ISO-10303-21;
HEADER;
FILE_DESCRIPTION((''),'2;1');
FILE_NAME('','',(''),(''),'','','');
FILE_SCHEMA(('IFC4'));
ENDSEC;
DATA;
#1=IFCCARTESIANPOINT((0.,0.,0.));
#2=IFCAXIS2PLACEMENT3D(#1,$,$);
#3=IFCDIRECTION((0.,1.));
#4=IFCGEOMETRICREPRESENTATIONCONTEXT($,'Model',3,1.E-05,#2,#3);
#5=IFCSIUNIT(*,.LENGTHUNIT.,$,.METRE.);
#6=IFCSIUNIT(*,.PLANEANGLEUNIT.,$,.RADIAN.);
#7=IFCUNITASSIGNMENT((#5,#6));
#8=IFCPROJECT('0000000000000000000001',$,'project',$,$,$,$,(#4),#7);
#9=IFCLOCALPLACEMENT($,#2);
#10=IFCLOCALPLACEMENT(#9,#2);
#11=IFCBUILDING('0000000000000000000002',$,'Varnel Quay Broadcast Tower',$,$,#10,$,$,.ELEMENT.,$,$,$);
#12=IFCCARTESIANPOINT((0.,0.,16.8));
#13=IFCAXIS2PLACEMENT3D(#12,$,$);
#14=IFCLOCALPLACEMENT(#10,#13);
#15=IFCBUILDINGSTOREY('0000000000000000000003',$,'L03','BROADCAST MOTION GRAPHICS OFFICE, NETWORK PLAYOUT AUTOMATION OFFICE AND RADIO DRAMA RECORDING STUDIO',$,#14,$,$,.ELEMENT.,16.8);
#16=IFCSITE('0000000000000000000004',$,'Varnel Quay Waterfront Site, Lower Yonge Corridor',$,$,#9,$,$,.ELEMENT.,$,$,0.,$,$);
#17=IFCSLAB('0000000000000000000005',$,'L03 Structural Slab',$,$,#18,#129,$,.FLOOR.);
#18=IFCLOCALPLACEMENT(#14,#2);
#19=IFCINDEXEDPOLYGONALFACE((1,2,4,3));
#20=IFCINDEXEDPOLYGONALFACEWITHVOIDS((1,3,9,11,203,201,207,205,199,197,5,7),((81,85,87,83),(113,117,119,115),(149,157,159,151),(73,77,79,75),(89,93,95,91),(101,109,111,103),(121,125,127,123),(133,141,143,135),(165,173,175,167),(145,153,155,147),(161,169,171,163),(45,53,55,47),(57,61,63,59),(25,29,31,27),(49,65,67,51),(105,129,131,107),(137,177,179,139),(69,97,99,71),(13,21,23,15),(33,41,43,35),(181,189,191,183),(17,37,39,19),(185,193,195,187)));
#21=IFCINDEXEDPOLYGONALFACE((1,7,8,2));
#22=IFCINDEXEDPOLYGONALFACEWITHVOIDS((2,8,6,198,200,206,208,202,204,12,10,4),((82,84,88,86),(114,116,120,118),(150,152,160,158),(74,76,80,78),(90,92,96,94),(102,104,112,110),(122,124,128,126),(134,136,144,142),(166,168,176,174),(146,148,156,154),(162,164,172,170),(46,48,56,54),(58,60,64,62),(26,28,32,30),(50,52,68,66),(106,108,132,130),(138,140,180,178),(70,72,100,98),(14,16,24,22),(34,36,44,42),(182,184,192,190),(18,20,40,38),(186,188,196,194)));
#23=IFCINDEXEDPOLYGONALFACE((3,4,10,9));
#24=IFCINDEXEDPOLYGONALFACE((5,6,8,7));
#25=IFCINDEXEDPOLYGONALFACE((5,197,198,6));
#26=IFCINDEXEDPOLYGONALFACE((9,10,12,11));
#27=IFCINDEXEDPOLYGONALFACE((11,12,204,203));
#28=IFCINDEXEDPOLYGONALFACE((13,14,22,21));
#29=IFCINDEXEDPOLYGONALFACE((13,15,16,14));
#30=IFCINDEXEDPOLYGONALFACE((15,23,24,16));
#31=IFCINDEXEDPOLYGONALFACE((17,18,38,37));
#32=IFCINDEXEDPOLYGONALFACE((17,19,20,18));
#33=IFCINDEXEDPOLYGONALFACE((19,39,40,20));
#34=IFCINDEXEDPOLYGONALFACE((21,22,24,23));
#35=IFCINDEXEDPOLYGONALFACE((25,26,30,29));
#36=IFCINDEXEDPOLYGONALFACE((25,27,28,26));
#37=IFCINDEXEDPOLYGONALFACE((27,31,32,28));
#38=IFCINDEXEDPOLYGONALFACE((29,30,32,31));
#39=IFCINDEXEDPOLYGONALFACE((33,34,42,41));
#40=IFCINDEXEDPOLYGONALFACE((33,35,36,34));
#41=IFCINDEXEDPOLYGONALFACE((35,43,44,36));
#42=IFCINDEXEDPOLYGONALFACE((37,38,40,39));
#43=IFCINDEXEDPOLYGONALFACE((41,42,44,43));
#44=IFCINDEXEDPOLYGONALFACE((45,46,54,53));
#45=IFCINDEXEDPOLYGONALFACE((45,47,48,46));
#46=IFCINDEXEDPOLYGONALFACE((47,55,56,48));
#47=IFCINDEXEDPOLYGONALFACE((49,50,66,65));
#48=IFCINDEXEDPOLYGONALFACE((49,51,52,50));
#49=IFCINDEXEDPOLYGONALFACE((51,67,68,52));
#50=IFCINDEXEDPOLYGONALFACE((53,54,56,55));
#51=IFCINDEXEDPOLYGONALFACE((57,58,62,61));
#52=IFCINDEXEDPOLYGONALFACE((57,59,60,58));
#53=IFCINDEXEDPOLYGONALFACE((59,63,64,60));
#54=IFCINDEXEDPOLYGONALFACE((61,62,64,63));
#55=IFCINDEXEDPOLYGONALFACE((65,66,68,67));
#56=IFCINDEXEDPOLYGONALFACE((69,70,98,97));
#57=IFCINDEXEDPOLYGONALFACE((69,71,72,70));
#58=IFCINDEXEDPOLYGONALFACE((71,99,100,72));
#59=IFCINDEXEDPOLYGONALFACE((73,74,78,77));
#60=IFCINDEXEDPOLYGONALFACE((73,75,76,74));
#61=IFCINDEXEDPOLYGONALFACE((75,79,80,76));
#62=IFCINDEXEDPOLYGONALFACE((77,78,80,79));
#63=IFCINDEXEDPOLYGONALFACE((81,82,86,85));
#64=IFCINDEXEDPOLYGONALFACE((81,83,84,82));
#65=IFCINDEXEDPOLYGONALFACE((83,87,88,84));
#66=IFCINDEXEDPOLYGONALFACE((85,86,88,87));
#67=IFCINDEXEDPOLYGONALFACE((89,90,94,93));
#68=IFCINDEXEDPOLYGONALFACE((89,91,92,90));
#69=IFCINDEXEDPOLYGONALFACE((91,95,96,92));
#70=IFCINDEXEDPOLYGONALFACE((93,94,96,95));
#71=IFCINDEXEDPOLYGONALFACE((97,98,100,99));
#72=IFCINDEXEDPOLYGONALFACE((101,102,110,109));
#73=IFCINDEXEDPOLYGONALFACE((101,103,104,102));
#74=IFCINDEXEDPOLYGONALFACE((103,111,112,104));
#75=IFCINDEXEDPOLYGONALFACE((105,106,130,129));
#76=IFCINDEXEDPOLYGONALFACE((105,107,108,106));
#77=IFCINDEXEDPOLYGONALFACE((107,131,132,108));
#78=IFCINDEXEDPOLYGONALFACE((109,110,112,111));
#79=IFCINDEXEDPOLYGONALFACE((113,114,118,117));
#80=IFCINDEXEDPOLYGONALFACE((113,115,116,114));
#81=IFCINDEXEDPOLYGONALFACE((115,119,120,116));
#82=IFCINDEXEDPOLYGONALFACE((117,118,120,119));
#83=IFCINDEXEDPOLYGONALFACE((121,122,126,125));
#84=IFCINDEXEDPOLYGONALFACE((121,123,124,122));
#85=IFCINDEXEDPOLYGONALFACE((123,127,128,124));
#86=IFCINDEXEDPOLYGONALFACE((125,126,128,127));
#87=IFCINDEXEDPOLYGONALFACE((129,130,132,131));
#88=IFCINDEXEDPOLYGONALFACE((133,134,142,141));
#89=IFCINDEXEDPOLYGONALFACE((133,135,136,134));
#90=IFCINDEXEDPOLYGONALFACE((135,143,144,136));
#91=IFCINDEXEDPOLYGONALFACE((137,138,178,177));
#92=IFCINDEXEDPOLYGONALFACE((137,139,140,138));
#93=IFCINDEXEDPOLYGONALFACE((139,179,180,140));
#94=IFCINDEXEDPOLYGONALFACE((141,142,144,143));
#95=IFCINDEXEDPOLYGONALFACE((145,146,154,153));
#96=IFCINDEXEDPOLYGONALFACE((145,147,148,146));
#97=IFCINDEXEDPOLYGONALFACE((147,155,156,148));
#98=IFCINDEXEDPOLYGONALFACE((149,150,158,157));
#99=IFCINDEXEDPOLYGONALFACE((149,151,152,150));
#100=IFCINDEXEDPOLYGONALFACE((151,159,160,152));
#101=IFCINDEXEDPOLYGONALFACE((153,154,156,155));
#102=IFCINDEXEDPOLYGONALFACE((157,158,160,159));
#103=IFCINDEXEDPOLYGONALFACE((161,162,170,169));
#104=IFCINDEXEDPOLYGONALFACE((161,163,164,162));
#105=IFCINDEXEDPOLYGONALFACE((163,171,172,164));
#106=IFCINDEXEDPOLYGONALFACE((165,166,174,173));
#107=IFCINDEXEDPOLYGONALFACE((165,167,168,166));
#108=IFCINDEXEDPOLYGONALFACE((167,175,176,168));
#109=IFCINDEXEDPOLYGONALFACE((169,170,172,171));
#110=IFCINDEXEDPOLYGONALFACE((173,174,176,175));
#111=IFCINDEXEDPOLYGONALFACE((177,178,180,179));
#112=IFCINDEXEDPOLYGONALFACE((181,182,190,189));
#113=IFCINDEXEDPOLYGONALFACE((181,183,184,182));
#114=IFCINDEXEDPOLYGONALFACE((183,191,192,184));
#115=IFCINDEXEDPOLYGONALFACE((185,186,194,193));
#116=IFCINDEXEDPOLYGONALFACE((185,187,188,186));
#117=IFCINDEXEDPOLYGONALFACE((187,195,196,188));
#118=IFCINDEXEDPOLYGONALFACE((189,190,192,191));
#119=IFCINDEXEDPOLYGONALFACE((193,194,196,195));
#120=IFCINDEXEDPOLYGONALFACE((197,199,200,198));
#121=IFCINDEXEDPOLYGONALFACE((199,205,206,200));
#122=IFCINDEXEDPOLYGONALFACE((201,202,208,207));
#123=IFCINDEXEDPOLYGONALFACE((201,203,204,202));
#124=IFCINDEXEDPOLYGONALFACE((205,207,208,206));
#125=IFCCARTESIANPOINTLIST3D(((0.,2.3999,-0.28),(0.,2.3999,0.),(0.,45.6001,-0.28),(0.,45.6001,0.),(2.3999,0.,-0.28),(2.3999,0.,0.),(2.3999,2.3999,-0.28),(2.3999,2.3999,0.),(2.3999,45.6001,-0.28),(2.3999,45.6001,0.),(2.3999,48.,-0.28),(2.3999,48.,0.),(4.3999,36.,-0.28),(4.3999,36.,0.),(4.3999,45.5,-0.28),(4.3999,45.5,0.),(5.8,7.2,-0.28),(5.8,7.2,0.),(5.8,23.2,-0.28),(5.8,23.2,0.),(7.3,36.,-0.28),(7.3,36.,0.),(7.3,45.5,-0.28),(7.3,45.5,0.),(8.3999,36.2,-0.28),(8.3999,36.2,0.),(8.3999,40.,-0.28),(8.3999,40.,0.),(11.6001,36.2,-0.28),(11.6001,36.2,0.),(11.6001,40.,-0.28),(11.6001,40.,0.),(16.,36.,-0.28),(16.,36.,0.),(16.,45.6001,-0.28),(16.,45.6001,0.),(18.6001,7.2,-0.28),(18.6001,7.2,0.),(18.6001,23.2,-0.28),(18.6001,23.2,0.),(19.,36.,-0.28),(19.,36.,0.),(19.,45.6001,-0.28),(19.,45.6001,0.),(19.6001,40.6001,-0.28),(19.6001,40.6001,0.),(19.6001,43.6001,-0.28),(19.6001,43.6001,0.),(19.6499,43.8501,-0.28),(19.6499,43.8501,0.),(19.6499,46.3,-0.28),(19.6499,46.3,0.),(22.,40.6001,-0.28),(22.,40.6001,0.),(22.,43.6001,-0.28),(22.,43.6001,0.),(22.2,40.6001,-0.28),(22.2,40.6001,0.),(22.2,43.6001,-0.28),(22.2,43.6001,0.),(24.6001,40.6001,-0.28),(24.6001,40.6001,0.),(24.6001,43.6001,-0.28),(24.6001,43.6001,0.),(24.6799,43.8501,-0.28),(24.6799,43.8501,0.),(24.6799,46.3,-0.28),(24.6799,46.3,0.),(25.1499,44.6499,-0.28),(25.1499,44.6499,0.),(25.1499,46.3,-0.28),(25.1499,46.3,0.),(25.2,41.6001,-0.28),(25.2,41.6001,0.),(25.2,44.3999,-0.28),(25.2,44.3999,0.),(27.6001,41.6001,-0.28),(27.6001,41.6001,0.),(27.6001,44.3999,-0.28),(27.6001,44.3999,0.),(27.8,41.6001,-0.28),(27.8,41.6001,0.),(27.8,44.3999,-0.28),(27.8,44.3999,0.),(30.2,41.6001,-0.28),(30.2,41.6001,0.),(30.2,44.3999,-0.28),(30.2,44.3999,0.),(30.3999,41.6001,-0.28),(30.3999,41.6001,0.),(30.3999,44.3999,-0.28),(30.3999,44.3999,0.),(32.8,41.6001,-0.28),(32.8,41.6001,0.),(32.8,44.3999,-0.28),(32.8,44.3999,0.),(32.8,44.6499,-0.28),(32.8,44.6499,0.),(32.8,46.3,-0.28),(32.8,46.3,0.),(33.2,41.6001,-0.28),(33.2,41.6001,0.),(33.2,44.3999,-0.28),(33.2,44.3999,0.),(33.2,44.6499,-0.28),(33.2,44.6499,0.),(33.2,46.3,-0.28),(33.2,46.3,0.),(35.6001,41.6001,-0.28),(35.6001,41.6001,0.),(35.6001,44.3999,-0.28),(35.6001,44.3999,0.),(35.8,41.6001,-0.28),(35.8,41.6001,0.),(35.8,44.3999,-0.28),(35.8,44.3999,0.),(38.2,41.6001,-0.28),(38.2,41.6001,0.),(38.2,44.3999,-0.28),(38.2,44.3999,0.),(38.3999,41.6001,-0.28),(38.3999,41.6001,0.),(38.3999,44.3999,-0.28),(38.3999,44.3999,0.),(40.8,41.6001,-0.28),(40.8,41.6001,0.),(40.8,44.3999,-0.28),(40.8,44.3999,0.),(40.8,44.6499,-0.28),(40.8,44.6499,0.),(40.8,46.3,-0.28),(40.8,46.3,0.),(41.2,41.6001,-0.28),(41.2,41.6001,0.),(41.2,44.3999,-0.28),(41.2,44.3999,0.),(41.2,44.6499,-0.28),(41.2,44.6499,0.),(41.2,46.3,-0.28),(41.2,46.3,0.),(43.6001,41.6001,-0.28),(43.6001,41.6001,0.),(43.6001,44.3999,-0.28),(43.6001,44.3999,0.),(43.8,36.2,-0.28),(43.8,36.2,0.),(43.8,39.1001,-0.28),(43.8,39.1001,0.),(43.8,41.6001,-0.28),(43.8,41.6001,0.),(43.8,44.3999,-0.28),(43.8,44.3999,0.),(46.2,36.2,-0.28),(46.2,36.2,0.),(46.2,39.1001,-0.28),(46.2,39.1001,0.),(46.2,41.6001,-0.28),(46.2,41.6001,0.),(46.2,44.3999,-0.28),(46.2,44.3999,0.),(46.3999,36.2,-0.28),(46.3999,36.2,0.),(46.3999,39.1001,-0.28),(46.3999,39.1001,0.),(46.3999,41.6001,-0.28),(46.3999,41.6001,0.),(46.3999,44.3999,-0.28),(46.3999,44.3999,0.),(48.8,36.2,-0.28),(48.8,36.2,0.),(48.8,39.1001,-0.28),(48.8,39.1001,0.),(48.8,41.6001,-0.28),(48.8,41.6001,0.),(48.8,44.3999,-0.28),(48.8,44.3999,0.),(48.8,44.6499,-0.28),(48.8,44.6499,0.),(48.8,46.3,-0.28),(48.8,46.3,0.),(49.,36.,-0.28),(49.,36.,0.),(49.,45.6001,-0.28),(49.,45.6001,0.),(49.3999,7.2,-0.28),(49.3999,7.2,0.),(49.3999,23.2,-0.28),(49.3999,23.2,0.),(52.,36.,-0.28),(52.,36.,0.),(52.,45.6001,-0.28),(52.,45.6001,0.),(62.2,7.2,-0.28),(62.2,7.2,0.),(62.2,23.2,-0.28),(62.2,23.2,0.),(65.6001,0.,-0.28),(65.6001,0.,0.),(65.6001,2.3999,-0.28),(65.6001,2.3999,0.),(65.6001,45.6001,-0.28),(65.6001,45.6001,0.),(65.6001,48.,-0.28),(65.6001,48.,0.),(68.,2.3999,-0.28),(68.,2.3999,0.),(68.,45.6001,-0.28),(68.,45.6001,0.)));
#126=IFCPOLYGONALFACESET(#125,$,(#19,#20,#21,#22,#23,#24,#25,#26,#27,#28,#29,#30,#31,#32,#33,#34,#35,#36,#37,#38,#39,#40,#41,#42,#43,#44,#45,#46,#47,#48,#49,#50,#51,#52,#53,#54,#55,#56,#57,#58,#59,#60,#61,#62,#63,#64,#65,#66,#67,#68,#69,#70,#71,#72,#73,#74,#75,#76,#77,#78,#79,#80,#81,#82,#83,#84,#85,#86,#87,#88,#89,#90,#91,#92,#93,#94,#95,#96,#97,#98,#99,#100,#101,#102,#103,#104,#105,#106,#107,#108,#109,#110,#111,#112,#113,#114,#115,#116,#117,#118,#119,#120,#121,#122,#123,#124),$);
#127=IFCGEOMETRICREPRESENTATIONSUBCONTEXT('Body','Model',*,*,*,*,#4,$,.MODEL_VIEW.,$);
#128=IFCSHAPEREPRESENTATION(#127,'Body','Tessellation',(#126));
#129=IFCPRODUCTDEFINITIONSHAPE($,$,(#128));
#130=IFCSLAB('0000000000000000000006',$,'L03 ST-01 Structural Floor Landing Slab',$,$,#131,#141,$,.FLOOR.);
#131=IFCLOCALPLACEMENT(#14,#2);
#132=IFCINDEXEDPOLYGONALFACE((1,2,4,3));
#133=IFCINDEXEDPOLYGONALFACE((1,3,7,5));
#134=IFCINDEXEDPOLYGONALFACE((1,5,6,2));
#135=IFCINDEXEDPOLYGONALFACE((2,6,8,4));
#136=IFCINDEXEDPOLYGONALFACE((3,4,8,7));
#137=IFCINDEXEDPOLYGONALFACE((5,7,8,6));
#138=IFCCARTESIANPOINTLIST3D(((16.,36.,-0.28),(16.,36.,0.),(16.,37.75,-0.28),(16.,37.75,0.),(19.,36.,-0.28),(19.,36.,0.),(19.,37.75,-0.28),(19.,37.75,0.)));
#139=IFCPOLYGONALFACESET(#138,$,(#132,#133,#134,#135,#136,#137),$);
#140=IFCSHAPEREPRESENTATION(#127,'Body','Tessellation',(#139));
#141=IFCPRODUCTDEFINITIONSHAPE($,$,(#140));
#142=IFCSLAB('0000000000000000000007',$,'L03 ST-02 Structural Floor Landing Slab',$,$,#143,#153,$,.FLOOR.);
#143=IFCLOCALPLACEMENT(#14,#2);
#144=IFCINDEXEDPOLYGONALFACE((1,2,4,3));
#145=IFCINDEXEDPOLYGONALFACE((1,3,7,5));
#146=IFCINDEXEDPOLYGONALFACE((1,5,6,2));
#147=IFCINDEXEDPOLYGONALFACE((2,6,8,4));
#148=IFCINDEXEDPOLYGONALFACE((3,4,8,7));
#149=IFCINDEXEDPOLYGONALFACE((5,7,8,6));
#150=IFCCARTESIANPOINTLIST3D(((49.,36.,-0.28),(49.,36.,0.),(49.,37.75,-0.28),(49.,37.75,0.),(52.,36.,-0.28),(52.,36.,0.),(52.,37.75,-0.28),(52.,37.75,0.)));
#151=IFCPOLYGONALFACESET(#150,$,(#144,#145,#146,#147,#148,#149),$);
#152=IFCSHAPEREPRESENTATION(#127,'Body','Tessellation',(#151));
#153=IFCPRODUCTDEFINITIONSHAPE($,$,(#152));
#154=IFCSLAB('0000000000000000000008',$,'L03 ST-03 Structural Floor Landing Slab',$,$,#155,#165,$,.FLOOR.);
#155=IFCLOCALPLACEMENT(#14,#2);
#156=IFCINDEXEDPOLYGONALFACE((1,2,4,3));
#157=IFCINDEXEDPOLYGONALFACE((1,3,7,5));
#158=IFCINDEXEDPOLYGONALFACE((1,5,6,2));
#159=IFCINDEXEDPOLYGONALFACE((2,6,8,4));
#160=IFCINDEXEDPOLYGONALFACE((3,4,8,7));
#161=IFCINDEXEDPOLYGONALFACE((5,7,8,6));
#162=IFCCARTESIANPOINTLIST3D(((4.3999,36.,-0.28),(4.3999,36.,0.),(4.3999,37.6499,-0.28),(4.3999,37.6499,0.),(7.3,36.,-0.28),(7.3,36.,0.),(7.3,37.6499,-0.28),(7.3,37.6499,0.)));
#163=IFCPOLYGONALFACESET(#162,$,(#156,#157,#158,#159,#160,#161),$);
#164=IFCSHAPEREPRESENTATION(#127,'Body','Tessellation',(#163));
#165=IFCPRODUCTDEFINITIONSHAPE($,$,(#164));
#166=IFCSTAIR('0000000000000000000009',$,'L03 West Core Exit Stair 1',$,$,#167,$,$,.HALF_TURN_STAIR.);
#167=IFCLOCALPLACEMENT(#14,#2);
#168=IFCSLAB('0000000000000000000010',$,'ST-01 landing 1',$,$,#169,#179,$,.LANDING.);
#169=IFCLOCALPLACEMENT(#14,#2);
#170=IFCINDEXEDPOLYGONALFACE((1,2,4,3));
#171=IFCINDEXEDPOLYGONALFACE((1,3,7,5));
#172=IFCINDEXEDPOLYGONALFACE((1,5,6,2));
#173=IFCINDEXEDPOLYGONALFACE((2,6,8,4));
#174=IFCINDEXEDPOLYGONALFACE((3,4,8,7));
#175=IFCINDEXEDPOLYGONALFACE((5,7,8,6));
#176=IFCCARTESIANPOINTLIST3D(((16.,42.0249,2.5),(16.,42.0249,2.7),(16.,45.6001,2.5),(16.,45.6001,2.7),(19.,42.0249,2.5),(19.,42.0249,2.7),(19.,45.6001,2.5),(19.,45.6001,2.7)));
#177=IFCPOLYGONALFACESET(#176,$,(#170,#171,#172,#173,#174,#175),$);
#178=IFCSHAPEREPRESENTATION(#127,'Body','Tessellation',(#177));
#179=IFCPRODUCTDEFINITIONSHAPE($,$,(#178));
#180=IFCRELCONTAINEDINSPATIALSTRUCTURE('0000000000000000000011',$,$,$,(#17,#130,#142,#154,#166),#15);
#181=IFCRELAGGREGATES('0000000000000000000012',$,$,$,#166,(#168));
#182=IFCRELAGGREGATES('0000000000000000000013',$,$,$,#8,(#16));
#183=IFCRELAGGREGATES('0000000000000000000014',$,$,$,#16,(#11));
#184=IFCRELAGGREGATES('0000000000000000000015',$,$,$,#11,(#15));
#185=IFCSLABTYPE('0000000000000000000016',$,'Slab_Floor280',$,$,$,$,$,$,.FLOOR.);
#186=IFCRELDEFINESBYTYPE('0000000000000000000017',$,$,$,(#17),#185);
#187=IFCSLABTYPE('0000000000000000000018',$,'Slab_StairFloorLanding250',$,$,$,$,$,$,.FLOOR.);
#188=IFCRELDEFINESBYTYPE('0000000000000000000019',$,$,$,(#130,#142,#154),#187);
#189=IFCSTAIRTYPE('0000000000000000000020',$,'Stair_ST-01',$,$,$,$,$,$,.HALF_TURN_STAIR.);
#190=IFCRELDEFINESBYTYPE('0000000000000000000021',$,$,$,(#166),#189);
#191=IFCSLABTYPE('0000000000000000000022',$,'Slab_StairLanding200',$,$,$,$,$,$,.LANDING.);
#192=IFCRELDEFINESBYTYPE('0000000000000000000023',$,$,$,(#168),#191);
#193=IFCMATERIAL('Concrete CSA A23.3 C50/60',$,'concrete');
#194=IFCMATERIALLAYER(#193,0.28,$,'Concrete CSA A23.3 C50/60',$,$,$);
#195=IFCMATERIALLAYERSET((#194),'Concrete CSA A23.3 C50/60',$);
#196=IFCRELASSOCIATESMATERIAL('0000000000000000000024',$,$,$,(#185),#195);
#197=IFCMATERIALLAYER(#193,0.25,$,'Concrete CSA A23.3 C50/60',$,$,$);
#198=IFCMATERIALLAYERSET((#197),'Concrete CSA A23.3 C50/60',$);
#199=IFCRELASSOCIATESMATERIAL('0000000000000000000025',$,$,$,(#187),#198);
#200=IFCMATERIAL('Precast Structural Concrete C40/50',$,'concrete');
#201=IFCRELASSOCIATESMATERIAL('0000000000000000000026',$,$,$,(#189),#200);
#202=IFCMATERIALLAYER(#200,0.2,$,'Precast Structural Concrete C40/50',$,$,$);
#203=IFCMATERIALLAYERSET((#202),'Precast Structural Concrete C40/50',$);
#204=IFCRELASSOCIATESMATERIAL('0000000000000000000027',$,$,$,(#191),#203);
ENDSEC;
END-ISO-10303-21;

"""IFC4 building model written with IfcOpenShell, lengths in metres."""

from ifc_helpers import new_model, si_unit, direction, frame, origin, place, context, subcontext, project, spatial, polyline, outline, extrude, material, layer, layer_set, type_object, element, aggregate, save


model = new_model("IFC4")

# Units and contexts
model_context = context("Model", 3, precision=1e-05, world=origin(), true_north=direction((0.0, 1.0)))
body_context = subcontext(model_context, "Body", "Model", "MODEL_VIEW")
ifc_project = project(units=[si_unit("LENGTHUNIT", "METRE"), si_unit("PLANEANGLEUNIT", "RADIAN")], contexts=[model_context])

# Site, building, storey
site_placement = place(None, origin())
site = spatial("IfcSite", under=ifc_project, at=site_placement, Name="Varnel Quay Waterfront Site, Lower Yonge Corridor", CompositionType="ELEMENT", RefElevation=0.0)
building_placement = place(site_placement, origin())
building = spatial("IfcBuilding", under=site, at=building_placement, Name="Varnel Quay Broadcast Tower", CompositionType="ELEMENT")
storey_placement = place(building_placement, frame((0.0, 0.0, 16.8)))
storey = spatial("IfcBuildingStorey", under=building, at=storey_placement, Name="L03", Description="BROADCAST MOTION GRAPHICS OFFICE, NETWORK PLAYOUT AUTOMATION OFFICE AND RADIO DRAMA RECORDING STUDIO", CompositionType="ELEMENT", Elevation=16.8)

# Slabs
ifc_material_1 = material(Name="Concrete CSA A23.3 C50/60", Category="concrete")
ifc_layer_1 = layer(ifc_material_1, 0.28, Name="Concrete CSA A23.3 C50/60")
ifc_layer_set_1 = layer_set([ifc_layer_1], Name="Concrete CSA A23.3 C50/60")
slab_type_1 = type_object("IfcSlabType", Name="Slab_Floor280", PredefinedType="FLOOR", material=ifc_layer_set_1)
slab_1_placement = place(storey_placement, frame((0.0, 0.0, -0.28)))
element("IfcSlab", 1, at=slab_1_placement, inside=storey, type_object=slab_type_1, Name="L03 Structural Slab", PredefinedType="FLOOR", context=body_context, shape_type="SweptSolid", body=[
    extrude(outline(polyline([(2.3999, 0.0), (65.6001, 0.0), (65.6001, 2.3999), (68.0, 2.3999), (68.0, 45.6001), (65.6001, 45.6001), (65.6001, 48.0), (2.3999, 48.0), (2.3999, 45.6001), (0.0, 45.6001), (0.0, 2.3999), (2.3999, 2.3999), (2.3999, 0.0)]), holes=[polyline([(5.8, 23.2), (18.6001, 23.2), (18.6001, 7.2), (5.8, 7.2), (5.8, 23.2)]), polyline([(8.3999, 40.0), (11.6001, 40.0), (11.6001, 36.2), (8.3999, 36.2), (8.3999, 40.0)]), polyline([(4.3999, 36.0), (4.3999, 45.5), (7.3, 45.5), (7.3, 36.0), (4.3999, 36.0)]), polyline([(16.0, 45.6001), (19.0, 45.6001), (19.0, 36.0), (16.0, 36.0), (16.0, 45.6001)]), polyline([(22.0, 43.6001), (22.0, 40.6001), (19.6001, 40.6001), (19.6001, 43.6001), (22.0, 43.6001)]), polyline([(22.2, 43.6001), (24.6001, 43.6001), (24.6001, 40.6001), (22.2, 40.6001), (22.2, 43.6001)]), polyline([(27.6001, 44.3999), (27.6001, 41.6001), (25.2, 41.6001), (25.2, 44.3999), (27.6001, 44.3999)]), polyline([(30.2, 44.3999), (30.2, 41.6001), (27.8, 41.6001), (27.8, 44.3999), (30.2, 44.3999)]), polyline([(30.3999, 44.3999), (32.8, 44.3999), (32.8, 41.6001), (30.3999, 41.6001), (30.3999, 44.3999)]), polyline([(35.6001, 44.3999), (35.6001, 41.6001), (33.2, 41.6001), (33.2, 44.3999), (35.6001, 44.3999)]), polyline([(24.6799, 46.3), (24.6799, 43.8501), (19.6499, 43.8501), (19.6499, 46.3), (24.6799, 46.3)]), polyline([(25.1499, 46.3), (32.8, 46.3), (32.8, 44.6499), (25.1499, 44.6499), (25.1499, 46.3)]), polyline([(62.2, 23.2), (62.2, 7.2), (49.3999, 7.2), (49.3999, 23.2), (62.2, 23.2)]), polyline([(46.2, 39.1001), (46.2, 36.2), (43.8, 36.2), (43.8, 39.1001), (46.2, 39.1001)]), polyline([(46.3999, 39.1001), (48.8, 39.1001), (48.8, 36.2), (46.3999, 36.2), (46.3999, 39.1001)]), polyline([(49.0, 45.6001), (52.0, 45.6001), (52.0, 36.0), (49.0, 36.0), (49.0, 45.6001)]), polyline([(38.2, 44.3999), (38.2, 41.6001), (35.8, 41.6001), (35.8, 44.3999), (38.2, 44.3999)]), polyline([(38.3999, 44.3999), (40.8, 44.3999), (40.8, 41.6001), (38.3999, 41.6001), (38.3999, 44.3999)]), polyline([(43.6001, 44.3999), (43.6001, 41.6001), (41.2, 41.6001), (41.2, 44.3999), (43.6001, 44.3999)]), polyline([(46.2, 44.3999), (46.2, 41.6001), (43.8, 41.6001), (43.8, 44.3999), (46.2, 44.3999)]), polyline([(46.3999, 44.3999), (48.8, 44.3999), (48.8, 41.6001), (46.3999, 41.6001), (46.3999, 44.3999)]), polyline([(40.8, 46.3), (40.8, 44.6499), (33.2, 44.6499), (33.2, 46.3), (40.8, 46.3)]), polyline([(48.8, 46.3), (48.8, 44.6499), (41.2, 44.6499), (41.2, 46.3), (48.8, 46.3)])]), origin(), (0.0, 0.0, 1.0), 0.28),
])
ifc_layer_2 = layer(ifc_material_1, 0.25, Name="Concrete CSA A23.3 C50/60")
ifc_layer_set_2 = layer_set([ifc_layer_2], Name="Concrete CSA A23.3 C50/60")
slab_type_2 = type_object("IfcSlabType", Name="Slab_StairFloorLanding250", PredefinedType="FLOOR", material=ifc_layer_set_2)
slab_2_placement = place(storey_placement, frame((0.0, 0.0, -0.28)))
element("IfcSlab", 2, at=slab_2_placement, inside=storey, type_object=slab_type_2, Name="L03 ST-01 Structural Floor Landing Slab", PredefinedType="FLOOR", context=body_context, shape_type="SweptSolid", body=[
    extrude(outline(polyline([(19.0, 36.0), (19.0, 37.75), (16.0, 37.75), (16.0, 36.0), (19.0, 36.0)])), origin(), (0.0, 0.0, 1.0), 0.28),
])
slab_3_placement = place(storey_placement, frame((0.0, 0.0, -0.28)))
element("IfcSlab", 3, at=slab_3_placement, inside=storey, type_object=slab_type_2, Name="L03 ST-02 Structural Floor Landing Slab", PredefinedType="FLOOR", context=body_context, shape_type="SweptSolid", body=[
    extrude(outline(polyline([(52.0, 36.0), (52.0, 37.75), (49.0, 37.75), (49.0, 36.0), (52.0, 36.0)])), origin(), (0.0, 0.0, 1.0), 0.28),
])
slab_4_placement = place(storey_placement, frame((0.0, 0.0, -0.28)))
element("IfcSlab", 4, at=slab_4_placement, inside=storey, type_object=slab_type_2, Name="L03 ST-03 Structural Floor Landing Slab", PredefinedType="FLOOR", context=body_context, shape_type="SweptSolid", body=[
    extrude(outline(polyline([(7.3, 36.0), (7.3, 37.6499), (4.3999, 37.6499), (4.3999, 36.0), (7.3, 36.0)])), origin(), (0.0, 0.0, 1.0), 0.28),
])

# Stair, slab
ifc_material_2 = material(Name="Precast Structural Concrete C40/50", Category="concrete")
stair_type_1 = type_object("IfcStairType", Name="Stair_ST-01", PredefinedType="HALF_TURN_STAIR", material=ifc_material_2)
stair_1_placement = place(storey_placement, origin())
stair_1 = element("IfcStair", 5, at=stair_1_placement, inside=storey, type_object=stair_type_1, Name="L03 West Core Exit Stair 1", PredefinedType="HALF_TURN_STAIR")
ifc_layer_3 = layer(ifc_material_2, 0.2, Name="Precast Structural Concrete C40/50")
ifc_layer_set_3 = layer_set([ifc_layer_3], Name="Precast Structural Concrete C40/50")
slab_type_3 = type_object("IfcSlabType", Name="Slab_StairLanding200", PredefinedType="LANDING", material=ifc_layer_set_3)
slab_5_placement = place(storey_placement, frame((0.0, 0.0, 2.5)))
slab_5 = element("IfcSlab", 6, at=slab_5_placement, type_object=slab_type_3, Name="ST-01 landing 1", PredefinedType="LANDING", context=body_context, shape_type="SweptSolid", body=[
    extrude(outline(polyline([(19.0, 42.0249), (19.0, 45.6001), (16.0, 45.6001), (16.0, 42.0249), (19.0, 42.0249)])), origin(), (0.0, 0.0, 1.0), 0.2),
])
aggregate(stair_1, [slab_5])

save(model, "model.ifc")
